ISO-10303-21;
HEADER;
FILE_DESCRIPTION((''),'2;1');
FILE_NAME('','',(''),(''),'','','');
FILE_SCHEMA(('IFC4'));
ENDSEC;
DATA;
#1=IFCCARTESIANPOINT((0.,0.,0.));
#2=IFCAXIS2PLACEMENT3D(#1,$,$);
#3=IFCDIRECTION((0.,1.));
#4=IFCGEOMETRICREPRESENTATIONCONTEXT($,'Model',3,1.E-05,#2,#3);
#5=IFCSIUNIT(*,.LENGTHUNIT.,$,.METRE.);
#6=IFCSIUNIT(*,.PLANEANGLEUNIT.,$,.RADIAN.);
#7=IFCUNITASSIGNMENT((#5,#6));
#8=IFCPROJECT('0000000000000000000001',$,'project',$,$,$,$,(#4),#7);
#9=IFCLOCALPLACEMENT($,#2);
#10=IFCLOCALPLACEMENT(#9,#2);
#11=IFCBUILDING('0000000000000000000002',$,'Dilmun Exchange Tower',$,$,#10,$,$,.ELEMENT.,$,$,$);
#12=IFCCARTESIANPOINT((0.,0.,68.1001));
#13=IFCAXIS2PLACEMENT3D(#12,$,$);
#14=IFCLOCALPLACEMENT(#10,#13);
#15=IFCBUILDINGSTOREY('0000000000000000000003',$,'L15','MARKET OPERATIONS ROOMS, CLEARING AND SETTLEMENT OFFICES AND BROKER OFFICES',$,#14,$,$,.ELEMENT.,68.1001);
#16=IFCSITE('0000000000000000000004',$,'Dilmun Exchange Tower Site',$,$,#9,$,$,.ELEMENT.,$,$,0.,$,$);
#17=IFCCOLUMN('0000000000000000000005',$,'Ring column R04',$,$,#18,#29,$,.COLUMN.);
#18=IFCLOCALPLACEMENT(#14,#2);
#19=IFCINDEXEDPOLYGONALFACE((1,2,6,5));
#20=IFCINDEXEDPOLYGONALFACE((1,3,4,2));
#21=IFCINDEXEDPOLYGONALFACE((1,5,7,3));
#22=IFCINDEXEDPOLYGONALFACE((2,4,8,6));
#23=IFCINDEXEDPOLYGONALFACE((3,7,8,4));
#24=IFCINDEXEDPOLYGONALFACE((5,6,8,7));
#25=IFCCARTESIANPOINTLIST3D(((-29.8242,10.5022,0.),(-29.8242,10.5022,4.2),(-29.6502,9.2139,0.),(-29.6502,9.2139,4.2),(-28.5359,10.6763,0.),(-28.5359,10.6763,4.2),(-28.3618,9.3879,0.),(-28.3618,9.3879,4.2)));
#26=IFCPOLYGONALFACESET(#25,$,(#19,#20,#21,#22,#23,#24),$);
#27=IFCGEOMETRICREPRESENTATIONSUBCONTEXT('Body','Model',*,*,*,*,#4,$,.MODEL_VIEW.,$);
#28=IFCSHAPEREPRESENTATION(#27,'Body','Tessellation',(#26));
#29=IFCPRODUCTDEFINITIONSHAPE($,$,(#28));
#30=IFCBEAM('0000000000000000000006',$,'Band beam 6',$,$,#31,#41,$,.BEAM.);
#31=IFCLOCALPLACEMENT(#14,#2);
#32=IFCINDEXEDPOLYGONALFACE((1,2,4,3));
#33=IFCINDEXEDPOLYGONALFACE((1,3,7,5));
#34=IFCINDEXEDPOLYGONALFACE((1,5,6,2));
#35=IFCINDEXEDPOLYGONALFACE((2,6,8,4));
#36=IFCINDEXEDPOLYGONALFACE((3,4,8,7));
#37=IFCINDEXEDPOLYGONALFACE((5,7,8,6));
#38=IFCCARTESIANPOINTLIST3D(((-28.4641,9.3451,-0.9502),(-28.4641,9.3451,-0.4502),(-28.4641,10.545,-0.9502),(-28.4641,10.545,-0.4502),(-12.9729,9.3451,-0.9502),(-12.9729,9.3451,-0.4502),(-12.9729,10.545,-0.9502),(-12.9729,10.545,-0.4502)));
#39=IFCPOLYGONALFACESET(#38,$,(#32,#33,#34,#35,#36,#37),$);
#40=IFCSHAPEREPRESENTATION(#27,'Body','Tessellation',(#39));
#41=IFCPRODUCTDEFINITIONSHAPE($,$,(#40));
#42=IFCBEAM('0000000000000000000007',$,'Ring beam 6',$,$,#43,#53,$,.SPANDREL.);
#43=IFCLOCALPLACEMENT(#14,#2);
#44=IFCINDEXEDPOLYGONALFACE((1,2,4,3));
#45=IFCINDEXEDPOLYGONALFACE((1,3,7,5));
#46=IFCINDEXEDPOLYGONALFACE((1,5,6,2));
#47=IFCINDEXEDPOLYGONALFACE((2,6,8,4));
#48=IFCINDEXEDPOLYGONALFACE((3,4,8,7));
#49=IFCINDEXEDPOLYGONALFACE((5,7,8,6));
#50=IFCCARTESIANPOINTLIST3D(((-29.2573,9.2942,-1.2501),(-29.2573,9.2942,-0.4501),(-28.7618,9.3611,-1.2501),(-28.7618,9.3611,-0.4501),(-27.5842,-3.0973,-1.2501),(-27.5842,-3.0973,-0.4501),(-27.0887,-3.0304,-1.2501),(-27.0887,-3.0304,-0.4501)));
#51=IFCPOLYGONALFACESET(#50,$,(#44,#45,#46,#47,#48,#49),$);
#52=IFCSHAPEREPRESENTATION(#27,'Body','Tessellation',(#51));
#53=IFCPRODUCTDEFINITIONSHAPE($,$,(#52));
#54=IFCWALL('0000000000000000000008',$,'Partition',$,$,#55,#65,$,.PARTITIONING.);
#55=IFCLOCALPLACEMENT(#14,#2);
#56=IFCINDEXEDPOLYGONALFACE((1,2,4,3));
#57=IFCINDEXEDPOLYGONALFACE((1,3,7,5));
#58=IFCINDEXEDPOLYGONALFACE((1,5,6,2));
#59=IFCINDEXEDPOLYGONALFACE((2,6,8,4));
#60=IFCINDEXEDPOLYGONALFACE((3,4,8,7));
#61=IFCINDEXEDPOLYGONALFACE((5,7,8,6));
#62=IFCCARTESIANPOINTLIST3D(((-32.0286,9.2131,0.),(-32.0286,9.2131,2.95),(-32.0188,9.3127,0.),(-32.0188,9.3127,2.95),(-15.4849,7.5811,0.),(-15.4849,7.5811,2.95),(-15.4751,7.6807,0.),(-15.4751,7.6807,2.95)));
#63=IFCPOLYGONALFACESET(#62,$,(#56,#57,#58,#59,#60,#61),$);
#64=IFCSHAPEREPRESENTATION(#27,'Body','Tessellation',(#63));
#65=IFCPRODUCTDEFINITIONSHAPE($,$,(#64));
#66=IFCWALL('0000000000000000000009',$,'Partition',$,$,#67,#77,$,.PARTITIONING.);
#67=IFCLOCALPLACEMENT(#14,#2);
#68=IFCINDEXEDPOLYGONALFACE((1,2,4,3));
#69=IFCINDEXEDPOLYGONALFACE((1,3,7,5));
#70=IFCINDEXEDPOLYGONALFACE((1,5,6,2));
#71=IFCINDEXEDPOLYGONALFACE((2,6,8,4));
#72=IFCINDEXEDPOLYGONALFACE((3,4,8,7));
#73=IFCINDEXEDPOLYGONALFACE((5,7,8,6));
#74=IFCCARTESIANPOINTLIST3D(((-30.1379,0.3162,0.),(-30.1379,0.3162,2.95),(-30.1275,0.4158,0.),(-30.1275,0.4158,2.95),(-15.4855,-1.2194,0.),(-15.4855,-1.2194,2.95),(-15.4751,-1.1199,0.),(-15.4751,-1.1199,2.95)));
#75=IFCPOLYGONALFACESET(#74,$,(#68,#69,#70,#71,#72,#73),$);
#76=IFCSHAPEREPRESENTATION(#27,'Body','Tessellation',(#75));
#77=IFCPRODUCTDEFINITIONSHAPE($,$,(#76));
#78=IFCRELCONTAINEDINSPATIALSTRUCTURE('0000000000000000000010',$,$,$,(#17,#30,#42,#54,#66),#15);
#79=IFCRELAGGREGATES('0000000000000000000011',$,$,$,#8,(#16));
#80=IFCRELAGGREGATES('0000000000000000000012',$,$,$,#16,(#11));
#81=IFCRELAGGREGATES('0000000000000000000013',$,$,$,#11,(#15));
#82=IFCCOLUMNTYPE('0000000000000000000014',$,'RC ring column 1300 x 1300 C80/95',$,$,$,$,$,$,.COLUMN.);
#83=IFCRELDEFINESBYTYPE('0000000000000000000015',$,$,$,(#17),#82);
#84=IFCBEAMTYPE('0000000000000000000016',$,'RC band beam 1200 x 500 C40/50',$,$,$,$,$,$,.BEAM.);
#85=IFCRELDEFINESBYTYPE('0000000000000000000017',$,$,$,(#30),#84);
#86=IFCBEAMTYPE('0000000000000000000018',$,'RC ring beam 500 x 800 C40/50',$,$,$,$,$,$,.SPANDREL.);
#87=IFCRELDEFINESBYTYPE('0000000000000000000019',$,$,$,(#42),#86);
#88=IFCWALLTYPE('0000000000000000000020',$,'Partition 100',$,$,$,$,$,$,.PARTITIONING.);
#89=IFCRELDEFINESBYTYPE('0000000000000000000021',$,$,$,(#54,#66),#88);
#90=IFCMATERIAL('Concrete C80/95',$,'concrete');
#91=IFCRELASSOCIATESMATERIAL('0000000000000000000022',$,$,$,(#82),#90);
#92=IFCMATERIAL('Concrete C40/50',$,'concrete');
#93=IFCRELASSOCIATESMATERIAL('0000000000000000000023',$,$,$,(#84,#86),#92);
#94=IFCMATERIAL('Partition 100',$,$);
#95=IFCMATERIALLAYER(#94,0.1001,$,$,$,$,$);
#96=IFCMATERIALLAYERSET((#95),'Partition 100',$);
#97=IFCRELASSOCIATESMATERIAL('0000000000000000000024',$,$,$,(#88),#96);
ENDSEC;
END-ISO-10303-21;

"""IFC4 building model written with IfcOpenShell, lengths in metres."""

from ifc_helpers import new_model, si_unit, direction, frame, frame_2d, origin, origin_2d, place, context, subcontext, project, spatial, rectangle, extrude, material, layer, layer_set, material_profile, profile_set, type_object, element, save


model = new_model("IFC4")

# Units and contexts
model_context = context("Model", 3, precision=1e-05, world=origin(), true_north=direction((0.0, 1.0)))
body_context = subcontext(model_context, "Body", "Model", "MODEL_VIEW")
ifc_project = project(units=[si_unit("LENGTHUNIT", "METRE"), si_unit("PLANEANGLEUNIT", "RADIAN")], contexts=[model_context])

# Site, building, storey
site_placement = place(None, origin())
site = spatial("IfcSite", under=ifc_project, at=site_placement, Name="Dilmun Exchange Tower Site", CompositionType="ELEMENT", RefElevation=0.0)
building_placement = place(site_placement, origin())
building = spatial("IfcBuilding", under=site, at=building_placement, Name="Dilmun Exchange Tower", CompositionType="ELEMENT")
storey_placement = place(building_placement, frame((0.0, 0.0, 68.1001)))
storey = spatial("IfcBuildingStorey", under=building, at=storey_placement, Name="L15", Description="MARKET OPERATIONS ROOMS, CLEARING AND SETTLEMENT OFFICES AND BROKER OFFICES", CompositionType="ELEMENT", Elevation=68.1001)

# Column
ifc_material_1 = material(Name="Concrete C80/95", Category="concrete")
ifc_material_profile_1 = material_profile(ifc_material_1, rectangle(XDim=1.3, YDim=1.3, at=origin_2d()), Name="1300 x 1300")
ifc_profile_set_1 = profile_set([ifc_material_profile_1], Name="Concrete C80/95")
column_type = type_object("IfcColumnType", Name="RC ring column 1300 x 1300 C80/95", PredefinedType="COLUMN", material=ifc_profile_set_1)
column_placement = place(storey_placement, frame((-29.093, 9.9451, 0.0), z_axis=(0.0, 0.0, 1.0), x_axis=(0.991001, 0.133853, 0.0)))
element("IfcColumn", 1, at=column_placement, inside=storey, type_object=column_type, Name="Ring column R04", PredefinedType="COLUMN", context=body_context, shape_type="SweptSolid", body=[
    extrude(rectangle(XDim=1.3, YDim=1.3, at=origin_2d()), origin(), (0.0, 0.0, 1.0), 4.2),
])

# Beams
ifc_material_2 = material(Name="Concrete C40/50", Category="concrete")
ifc_material_profile_2 = material_profile(ifc_material_2, rectangle(XDim=1.2, YDim=0.5, at=origin_2d()), Name="1200 x 500")
ifc_profile_set_2 = profile_set([ifc_material_profile_2], Name="Concrete C40/50")
beam_type_1 = type_object("IfcBeamType", Name="RC band beam 1200 x 500 C40/50", PredefinedType="BEAM", material=ifc_profile_set_2)
beam_1_placement = place(storey_placement, frame((-28.4641, 9.9451, -0.7002), z_axis=(1.0, 0.0, 0.0), x_axis=(0.0, 1.0, 0.0)))
element("IfcBeam", 2, at=beam_1_placement, inside=storey, type_object=beam_type_1, Name="Band beam 6", PredefinedType="BEAM", context=body_context, shape_type="SweptSolid", body=[
    extrude(rectangle(XDim=1.2, YDim=0.5, at=origin_2d()), origin(), (0.0, 0.0, 1.0), 15.4912),
])
ifc_material_profile_3 = material_profile(ifc_material_2, rectangle(XDim=0.5, YDim=0.8, at=origin_2d()), Name="500 x 800")
ifc_profile_set_3 = profile_set([ifc_material_profile_3], Name="Concrete C40/50")
beam_type_2 = type_object("IfcBeamType", Name="RC ring beam 500 x 800 C40/50", PredefinedType="SPANDREL", material=ifc_profile_set_3)
beam_2_placement = place(storey_placement, frame((-29.0095, 9.3276, -0.8501), z_axis=(0.133807, -0.991007, 0.0), x_axis=(0.991007, 0.133807, 0.0)))
element("IfcBeam", 3, at=beam_2_placement, inside=storey, type_object=beam_type_2, Name="Ring beam 6", PredefinedType="SPANDREL", context=body_context, shape_type="SweptSolid", body=[
    extrude(rectangle(XDim=0.5, YDim=0.8, at=origin_2d()), origin(), (0.0, 0.0, 1.0), 12.5039),
])

# Walls
ifc_material_3 = material(Name="Partition 100")
ifc_layer_1 = layer(ifc_material_3, 0.1001)
ifc_layer_set_1 = layer_set([ifc_layer_1], Name="Partition 100")
wall_type_1 = type_object("IfcWallType", Name="Partition 100", PredefinedType="PARTITIONING", material=ifc_layer_set_1)
wall_1_placement = place(storey_placement, frame((-32.0237, 9.2629, 0.0), z_axis=(0.0, 0.0, 1.0), x_axis=(0.995169, -0.098176, 0.0)))
element("IfcWall", 4, at=wall_1_placement, inside=storey, type_object=wall_type_1, Name="Partition", PredefinedType="PARTITIONING", context=body_context, shape_type="SweptSolid", body=[
    extrude(rectangle(XDim=16.624, YDim=0.1001, at=frame_2d((8.312, 0.0))), origin(), (0.0, 0.0, 1.0), 2.95),
])
wall_2_placement = place(storey_placement, frame((-30.1326, 0.366, 0.0), z_axis=(0.0, 0.0, 1.0), x_axis=(0.994553, -0.104234, 0.0)))
element("IfcWall", 5, at=wall_2_placement, inside=storey, type_object=wall_type_1, Name="Partition", PredefinedType="PARTITIONING", context=body_context, shape_type="SweptSolid", body=[
    extrude(rectangle(XDim=14.7327, YDim=0.1001, at=frame_2d((7.3662, 0.0))), origin(), (0.0, 0.0, 1.0), 2.95),
])

save(model, "model.ifc")
